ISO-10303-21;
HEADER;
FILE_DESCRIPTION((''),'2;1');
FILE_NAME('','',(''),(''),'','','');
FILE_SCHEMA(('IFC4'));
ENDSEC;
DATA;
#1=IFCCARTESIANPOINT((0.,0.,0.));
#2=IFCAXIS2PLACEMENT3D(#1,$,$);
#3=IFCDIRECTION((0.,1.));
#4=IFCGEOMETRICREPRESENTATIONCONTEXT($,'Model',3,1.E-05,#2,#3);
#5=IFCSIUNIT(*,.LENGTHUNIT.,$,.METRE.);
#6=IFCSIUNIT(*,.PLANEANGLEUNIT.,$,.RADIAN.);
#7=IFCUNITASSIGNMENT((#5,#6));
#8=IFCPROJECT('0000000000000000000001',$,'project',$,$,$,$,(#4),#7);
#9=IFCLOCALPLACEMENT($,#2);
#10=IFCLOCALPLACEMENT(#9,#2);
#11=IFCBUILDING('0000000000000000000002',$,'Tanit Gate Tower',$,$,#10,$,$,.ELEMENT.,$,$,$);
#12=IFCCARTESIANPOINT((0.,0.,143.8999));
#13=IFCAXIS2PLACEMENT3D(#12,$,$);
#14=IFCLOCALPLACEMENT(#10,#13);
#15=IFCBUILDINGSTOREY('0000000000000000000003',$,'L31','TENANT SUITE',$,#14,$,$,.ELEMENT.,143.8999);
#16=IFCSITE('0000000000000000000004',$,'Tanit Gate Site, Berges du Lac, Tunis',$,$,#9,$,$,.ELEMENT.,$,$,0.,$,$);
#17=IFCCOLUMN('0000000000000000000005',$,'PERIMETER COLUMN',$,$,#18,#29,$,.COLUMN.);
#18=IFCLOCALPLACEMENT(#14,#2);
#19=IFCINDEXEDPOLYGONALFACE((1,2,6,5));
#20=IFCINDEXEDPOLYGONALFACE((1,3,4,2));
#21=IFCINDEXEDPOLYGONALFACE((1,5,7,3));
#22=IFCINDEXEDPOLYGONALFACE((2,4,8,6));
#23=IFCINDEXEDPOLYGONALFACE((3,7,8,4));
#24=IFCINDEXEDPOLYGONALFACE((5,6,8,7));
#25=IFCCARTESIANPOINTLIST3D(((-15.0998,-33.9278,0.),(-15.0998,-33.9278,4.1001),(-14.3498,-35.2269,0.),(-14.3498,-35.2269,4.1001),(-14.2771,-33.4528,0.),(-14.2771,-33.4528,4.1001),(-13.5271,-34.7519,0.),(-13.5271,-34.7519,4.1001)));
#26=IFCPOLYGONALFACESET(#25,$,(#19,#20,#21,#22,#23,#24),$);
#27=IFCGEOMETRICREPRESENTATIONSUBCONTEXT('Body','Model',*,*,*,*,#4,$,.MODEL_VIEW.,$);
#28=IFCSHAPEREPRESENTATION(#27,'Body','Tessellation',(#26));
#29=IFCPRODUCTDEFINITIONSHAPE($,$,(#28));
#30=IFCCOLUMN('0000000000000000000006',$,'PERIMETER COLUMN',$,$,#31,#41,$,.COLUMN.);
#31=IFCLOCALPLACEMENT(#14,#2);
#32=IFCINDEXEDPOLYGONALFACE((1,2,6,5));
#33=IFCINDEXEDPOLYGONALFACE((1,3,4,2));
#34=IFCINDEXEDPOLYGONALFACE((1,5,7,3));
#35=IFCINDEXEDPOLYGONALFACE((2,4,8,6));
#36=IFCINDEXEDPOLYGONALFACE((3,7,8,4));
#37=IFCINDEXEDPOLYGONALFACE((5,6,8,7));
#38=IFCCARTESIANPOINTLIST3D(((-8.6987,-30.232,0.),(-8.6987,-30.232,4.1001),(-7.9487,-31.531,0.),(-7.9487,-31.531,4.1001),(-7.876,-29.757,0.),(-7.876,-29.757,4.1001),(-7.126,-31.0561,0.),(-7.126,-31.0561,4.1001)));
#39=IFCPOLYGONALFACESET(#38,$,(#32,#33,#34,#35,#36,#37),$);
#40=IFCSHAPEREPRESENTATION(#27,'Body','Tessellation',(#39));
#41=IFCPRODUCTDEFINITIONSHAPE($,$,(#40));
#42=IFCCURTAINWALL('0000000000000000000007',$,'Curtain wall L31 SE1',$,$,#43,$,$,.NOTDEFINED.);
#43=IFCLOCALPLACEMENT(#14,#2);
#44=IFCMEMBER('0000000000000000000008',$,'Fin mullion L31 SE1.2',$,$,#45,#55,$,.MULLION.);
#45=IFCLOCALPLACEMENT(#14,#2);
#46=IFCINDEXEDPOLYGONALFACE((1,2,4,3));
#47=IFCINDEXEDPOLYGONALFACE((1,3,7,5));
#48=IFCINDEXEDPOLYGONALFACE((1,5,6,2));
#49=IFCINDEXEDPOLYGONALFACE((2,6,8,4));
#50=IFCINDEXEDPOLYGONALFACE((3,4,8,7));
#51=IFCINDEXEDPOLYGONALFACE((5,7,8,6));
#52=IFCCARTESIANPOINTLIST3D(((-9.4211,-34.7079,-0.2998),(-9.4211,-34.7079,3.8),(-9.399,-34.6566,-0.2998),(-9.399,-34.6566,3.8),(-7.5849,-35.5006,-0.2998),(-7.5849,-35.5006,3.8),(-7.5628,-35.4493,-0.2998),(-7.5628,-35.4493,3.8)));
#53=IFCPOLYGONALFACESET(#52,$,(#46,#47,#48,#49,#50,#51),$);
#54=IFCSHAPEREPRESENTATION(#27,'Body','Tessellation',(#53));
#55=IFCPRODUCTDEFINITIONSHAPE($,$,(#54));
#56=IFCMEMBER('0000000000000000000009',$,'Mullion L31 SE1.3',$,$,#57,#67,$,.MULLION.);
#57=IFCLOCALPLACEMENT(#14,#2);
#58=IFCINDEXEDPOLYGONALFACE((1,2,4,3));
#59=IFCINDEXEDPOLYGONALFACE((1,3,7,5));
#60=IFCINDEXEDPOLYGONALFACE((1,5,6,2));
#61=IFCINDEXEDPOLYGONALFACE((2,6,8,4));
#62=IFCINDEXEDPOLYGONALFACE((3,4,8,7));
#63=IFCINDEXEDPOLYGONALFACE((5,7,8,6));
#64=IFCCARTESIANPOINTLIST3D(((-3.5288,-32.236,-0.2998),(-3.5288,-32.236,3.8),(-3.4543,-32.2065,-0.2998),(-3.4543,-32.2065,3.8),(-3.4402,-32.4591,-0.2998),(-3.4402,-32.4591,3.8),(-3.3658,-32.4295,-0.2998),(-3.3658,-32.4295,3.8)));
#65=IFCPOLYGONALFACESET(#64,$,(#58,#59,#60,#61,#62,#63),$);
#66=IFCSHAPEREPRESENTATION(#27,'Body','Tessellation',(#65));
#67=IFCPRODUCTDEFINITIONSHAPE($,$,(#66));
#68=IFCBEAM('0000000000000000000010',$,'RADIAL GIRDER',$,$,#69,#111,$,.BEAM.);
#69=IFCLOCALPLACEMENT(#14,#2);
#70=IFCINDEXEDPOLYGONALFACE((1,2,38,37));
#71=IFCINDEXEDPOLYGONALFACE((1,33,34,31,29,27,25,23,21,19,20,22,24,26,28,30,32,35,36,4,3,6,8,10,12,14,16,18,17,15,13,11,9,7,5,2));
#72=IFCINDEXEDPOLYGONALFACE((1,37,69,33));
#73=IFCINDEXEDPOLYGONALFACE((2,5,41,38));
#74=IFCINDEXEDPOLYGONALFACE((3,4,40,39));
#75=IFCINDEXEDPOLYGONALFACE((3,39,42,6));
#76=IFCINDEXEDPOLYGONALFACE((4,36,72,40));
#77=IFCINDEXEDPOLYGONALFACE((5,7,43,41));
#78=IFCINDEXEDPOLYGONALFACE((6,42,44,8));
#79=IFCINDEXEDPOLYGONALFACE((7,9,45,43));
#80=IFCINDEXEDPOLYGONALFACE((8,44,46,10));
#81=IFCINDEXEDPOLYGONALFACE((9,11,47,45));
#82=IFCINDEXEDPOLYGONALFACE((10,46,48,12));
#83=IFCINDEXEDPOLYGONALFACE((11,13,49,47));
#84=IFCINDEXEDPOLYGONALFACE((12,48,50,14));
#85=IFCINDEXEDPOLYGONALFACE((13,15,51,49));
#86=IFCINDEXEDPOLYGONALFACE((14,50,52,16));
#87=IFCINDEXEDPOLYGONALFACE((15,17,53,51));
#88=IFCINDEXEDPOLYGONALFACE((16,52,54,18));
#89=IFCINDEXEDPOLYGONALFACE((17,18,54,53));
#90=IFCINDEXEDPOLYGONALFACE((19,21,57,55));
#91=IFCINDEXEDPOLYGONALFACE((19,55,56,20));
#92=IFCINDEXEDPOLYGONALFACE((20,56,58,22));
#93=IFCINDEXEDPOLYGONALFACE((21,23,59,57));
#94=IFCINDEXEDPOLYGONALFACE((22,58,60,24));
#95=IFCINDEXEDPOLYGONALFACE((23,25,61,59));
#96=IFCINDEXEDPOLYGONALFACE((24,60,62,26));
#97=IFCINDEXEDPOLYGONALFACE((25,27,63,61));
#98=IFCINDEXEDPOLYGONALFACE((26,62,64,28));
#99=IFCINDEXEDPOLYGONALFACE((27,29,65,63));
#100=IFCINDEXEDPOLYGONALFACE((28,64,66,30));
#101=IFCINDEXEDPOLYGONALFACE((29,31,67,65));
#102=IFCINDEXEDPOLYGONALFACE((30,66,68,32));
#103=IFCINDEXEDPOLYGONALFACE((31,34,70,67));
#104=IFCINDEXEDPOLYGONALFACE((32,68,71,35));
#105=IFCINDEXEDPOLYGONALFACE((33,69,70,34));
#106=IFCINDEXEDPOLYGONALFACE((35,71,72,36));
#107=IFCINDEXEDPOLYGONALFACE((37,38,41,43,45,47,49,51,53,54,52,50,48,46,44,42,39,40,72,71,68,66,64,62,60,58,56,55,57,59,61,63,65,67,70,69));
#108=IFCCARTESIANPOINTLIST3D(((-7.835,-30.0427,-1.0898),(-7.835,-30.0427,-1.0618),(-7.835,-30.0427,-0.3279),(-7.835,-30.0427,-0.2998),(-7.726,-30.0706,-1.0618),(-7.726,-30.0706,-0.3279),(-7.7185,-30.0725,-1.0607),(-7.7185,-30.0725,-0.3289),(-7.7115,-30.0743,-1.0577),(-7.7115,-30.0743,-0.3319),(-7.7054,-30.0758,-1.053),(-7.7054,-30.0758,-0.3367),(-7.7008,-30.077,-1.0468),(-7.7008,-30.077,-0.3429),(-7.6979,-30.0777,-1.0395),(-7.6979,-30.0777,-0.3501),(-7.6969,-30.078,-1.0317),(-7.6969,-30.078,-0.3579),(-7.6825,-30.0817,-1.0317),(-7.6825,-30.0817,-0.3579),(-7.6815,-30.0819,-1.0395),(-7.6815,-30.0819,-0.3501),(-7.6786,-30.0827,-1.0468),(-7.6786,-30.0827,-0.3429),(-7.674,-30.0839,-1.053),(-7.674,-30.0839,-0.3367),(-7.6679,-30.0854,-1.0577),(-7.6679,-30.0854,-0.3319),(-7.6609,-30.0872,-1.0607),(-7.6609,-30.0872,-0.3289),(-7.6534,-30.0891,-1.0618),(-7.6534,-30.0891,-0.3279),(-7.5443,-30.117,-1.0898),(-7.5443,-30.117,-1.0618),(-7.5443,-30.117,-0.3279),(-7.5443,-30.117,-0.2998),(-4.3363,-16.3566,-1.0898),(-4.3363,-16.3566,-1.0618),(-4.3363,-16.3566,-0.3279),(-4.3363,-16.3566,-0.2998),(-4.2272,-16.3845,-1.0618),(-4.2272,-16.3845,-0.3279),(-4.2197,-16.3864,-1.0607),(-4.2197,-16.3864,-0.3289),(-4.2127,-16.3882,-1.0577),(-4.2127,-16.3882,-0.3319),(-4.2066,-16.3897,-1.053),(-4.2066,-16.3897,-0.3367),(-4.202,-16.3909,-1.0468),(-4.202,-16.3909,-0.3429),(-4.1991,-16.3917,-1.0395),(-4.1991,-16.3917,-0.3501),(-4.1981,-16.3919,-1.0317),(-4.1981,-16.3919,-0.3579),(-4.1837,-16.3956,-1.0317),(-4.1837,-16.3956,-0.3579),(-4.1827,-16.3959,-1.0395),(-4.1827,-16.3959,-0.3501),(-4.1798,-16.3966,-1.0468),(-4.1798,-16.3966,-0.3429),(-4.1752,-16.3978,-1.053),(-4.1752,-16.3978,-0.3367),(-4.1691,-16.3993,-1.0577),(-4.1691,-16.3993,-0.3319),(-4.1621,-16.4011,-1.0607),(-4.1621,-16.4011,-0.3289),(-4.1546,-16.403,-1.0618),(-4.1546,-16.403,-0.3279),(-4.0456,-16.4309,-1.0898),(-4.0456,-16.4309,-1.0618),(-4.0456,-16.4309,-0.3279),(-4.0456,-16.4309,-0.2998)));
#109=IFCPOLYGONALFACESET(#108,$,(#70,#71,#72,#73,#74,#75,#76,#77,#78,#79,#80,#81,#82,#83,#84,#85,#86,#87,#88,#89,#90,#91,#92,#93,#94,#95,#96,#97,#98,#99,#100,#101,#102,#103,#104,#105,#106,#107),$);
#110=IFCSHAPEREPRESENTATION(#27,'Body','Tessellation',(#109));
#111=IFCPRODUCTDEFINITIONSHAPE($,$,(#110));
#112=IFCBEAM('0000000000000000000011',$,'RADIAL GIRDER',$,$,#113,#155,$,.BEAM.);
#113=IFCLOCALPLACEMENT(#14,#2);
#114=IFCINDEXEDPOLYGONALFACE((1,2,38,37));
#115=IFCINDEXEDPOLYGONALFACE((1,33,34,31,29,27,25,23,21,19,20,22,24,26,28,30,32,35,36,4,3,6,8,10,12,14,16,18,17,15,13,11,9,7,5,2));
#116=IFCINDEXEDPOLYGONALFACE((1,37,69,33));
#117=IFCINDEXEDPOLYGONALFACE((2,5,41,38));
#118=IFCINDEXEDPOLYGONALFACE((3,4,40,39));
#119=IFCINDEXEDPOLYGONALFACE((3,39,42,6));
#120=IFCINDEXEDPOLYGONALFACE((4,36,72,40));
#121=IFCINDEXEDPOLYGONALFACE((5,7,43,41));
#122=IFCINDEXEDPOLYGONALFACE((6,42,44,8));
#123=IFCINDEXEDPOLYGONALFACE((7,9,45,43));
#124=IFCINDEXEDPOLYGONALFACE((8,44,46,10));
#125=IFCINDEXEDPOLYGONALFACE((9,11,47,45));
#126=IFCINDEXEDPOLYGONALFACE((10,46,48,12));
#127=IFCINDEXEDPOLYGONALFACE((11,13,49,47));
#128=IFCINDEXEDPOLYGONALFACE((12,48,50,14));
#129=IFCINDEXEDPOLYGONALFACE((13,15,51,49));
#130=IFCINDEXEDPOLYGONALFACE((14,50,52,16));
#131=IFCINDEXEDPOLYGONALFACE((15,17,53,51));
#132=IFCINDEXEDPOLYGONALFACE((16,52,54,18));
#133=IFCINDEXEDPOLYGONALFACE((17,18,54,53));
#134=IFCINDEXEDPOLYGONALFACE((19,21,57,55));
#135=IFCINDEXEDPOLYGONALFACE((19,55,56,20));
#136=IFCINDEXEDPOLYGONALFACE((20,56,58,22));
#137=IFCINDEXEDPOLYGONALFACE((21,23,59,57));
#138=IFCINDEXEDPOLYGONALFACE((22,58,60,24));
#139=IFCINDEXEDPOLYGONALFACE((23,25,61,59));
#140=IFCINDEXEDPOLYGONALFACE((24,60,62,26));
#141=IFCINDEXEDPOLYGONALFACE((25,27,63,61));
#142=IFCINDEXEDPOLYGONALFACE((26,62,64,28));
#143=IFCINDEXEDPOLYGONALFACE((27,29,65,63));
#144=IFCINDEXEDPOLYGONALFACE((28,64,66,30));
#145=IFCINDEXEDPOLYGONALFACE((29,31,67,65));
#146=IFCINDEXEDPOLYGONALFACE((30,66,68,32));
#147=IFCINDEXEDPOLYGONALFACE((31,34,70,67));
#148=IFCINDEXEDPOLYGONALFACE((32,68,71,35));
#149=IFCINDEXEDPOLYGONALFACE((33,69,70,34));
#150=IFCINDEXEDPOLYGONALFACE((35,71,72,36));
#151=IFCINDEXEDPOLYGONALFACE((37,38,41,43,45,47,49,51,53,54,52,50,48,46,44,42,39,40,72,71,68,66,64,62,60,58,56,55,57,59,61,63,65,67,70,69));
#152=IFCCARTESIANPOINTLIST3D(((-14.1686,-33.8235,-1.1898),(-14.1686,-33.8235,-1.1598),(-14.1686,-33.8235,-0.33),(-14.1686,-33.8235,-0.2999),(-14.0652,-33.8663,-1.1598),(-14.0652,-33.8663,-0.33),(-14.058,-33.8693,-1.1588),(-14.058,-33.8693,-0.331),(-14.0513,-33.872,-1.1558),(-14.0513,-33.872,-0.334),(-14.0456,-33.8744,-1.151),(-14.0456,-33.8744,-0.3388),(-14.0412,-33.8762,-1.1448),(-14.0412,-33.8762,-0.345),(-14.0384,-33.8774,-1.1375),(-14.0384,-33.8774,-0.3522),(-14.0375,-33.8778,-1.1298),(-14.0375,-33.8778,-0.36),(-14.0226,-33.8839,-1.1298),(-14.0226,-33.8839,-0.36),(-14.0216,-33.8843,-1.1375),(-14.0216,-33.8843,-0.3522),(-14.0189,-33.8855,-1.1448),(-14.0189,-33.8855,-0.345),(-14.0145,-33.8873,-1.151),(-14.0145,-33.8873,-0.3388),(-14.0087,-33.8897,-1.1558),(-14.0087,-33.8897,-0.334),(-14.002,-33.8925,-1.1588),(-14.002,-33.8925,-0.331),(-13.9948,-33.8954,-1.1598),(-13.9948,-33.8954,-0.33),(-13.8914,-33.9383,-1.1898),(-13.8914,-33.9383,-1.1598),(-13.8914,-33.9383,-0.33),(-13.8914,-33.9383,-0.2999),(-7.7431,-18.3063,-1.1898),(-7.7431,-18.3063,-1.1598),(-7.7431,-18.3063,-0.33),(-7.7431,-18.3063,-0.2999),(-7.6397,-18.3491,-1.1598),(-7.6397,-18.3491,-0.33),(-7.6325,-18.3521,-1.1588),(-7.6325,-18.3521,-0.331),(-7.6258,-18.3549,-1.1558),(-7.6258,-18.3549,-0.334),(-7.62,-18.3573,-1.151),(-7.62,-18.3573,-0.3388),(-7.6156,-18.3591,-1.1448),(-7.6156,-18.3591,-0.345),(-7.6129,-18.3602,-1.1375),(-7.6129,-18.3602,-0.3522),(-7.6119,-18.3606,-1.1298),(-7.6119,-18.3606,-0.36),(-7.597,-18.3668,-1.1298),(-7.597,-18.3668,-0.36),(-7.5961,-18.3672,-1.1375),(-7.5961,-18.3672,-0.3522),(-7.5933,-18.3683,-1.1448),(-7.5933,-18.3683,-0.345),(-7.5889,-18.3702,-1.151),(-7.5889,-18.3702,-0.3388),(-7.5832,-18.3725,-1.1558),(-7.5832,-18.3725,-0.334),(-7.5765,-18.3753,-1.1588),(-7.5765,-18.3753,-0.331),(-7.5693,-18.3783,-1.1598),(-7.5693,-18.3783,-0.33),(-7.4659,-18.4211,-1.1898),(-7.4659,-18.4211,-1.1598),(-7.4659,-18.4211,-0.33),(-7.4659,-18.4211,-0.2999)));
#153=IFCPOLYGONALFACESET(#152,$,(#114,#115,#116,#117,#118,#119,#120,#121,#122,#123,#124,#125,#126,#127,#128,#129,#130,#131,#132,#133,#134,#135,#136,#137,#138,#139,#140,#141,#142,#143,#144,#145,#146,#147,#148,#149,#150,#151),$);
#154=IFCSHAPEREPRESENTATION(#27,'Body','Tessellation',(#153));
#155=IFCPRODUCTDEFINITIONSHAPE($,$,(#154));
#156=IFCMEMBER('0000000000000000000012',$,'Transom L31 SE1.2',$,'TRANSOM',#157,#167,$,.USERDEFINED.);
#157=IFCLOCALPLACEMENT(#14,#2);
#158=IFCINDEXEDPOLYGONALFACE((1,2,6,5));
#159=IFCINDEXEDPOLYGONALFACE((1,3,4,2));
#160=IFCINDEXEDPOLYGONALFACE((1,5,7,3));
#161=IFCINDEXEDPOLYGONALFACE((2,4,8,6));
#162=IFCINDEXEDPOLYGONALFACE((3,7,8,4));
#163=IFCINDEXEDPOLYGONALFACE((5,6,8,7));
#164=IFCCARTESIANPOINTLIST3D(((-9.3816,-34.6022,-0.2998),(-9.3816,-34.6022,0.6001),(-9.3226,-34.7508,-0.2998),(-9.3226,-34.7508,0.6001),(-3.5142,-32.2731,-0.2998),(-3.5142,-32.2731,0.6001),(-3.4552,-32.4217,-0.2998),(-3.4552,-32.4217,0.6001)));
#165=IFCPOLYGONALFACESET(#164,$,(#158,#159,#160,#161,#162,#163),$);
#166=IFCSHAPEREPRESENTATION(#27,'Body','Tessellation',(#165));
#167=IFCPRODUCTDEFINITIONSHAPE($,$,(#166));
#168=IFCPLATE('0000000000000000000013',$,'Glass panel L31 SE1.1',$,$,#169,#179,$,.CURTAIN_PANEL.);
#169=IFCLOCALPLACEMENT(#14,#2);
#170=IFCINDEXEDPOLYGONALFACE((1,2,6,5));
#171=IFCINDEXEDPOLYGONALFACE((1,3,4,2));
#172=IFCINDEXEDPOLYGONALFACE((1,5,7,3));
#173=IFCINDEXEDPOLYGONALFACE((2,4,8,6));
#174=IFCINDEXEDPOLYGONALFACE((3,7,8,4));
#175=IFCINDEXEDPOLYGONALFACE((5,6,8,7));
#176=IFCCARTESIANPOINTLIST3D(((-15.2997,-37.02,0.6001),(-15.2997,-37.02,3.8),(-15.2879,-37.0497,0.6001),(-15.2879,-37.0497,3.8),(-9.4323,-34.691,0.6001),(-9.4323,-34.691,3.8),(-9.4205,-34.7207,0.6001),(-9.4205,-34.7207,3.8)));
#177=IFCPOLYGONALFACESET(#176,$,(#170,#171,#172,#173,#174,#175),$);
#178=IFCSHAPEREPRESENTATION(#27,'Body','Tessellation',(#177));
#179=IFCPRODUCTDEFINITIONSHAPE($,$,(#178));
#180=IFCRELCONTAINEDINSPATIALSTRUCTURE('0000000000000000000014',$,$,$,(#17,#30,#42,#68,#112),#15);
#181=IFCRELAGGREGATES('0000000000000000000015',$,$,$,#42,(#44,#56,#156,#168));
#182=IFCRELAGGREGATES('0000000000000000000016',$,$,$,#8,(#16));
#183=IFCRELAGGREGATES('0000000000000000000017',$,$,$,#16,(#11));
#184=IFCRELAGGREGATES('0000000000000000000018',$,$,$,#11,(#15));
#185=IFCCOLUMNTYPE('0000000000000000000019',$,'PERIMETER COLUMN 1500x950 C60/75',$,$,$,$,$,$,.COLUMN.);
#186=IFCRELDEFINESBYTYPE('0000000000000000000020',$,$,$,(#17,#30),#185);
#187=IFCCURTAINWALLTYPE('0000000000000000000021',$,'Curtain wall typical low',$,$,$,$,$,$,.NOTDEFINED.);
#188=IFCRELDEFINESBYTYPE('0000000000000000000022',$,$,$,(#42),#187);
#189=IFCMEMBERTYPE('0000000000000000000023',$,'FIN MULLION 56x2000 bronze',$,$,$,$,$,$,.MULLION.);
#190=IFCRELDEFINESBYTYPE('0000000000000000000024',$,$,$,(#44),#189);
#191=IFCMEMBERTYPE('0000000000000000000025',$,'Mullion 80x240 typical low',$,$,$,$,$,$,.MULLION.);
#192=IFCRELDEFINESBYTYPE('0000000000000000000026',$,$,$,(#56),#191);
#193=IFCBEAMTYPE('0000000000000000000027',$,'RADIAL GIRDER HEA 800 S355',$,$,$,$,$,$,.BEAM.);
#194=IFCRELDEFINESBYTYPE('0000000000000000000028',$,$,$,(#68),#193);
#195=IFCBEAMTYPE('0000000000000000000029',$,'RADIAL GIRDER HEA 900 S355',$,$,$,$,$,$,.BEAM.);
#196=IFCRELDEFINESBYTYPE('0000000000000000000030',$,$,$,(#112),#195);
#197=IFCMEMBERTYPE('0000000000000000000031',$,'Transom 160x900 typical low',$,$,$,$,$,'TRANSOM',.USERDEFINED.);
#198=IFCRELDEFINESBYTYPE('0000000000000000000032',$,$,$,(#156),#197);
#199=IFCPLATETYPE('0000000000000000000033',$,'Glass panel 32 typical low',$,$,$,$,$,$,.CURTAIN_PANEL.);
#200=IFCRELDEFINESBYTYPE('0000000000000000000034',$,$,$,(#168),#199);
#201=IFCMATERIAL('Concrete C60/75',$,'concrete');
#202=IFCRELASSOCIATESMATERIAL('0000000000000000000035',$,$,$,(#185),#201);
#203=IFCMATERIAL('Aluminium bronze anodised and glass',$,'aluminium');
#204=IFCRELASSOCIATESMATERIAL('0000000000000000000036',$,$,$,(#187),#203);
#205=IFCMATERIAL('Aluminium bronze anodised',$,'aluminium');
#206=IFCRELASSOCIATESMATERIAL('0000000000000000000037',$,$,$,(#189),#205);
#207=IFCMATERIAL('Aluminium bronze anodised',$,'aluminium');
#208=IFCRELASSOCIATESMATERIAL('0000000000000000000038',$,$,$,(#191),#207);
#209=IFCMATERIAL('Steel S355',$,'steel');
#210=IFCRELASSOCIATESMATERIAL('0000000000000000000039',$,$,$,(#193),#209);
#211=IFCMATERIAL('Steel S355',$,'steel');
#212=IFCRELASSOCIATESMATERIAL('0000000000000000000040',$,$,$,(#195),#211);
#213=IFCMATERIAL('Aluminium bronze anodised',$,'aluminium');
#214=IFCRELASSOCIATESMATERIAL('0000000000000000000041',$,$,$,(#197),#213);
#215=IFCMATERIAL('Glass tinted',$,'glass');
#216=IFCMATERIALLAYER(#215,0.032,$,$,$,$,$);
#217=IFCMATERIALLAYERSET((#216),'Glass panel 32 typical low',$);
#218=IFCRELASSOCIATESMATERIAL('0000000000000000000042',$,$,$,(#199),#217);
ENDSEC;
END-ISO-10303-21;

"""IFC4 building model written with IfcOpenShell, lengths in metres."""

from ifc_helpers import new_model, si_unit, direction, frame, origin, origin_2d, place, context, subcontext, project, spatial, rectangle, i_section, extrude, material, layer, layer_set, material_profile, profile_set, type_object, element, aggregate, save


model = new_model("IFC4")

# Units and contexts
model_context = context("Model", 3, precision=1e-05, world=origin(), true_north=direction((0.0, 1.0)))
body_context = subcontext(model_context, "Body", "Model", "MODEL_VIEW")
ifc_project = project(units=[si_unit("LENGTHUNIT", "METRE"), si_unit("PLANEANGLEUNIT", "RADIAN")], contexts=[model_context])

# Site, building, storey
site_placement = place(None, origin())
site = spatial("IfcSite", under=ifc_project, at=site_placement, Name="Tanit Gate Site, Berges du Lac, Tunis", CompositionType="ELEMENT", RefElevation=0.0)
building_placement = place(site_placement, origin())
building = spatial("IfcBuilding", under=site, at=building_placement, Name="Tanit Gate Tower", CompositionType="ELEMENT")
storey_placement = place(building_placement, frame((0.0, 0.0, 143.8999)))
storey = spatial("IfcBuildingStorey", under=building, at=storey_placement, Name="L31", Description="TENANT SUITE", CompositionType="ELEMENT", Elevation=143.8999)

# Columns
ifc_material_1 = material(Name="Concrete C60/75", Category="concrete")
ifc_material_profile_1 = material_profile(ifc_material_1, rectangle(XDim=1.5, YDim=0.95, at=origin_2d()), Name="RC 1500x950")
ifc_profile_set_1 = profile_set([ifc_material_profile_1], Name="Concrete C60/75")
column_type = type_object("IfcColumnType", Name="PERIMETER COLUMN 1500x950 C60/75", PredefinedType="COLUMN", material=ifc_profile_set_1)
for number, where, z_axis, x_axis, name in (
    (1, (-14.3135, -34.3398, 0.0), (0.0, 0.0, 1.0), (0.5, -0.866025, 0.0), "PERIMETER COLUMN"),
    (2, (-7.9124, -30.644, 0.0), (0.0, 0.0, 1.0), (0.5, -0.866025, 0.0), "PERIMETER COLUMN"),
):
    element("IfcColumn", number, at=place(storey_placement, frame(where, z_axis=z_axis, x_axis=x_axis)), inside=storey, type_object=column_type, Name=name, PredefinedType="COLUMN", context=body_context, shape_type="SweptSolid", body=[
        extrude(rectangle(XDim=1.5, YDim=0.95, at=origin_2d()), origin(), (0.0, 0.0, 1.0), 4.1001),
    ])

# Curtain wall, members
ifc_material_2 = material(Name="Aluminium bronze anodised and glass", Category="aluminium")
curtain_wall_type = type_object("IfcCurtainWallType", Name="Curtain wall typical low", PredefinedType="NOTDEFINED", material=ifc_material_2)
curtain_wall_placement = place(storey_placement, origin())
curtain_wall = element("IfcCurtainWall", 3, at=curtain_wall_placement, inside=storey, type_object=curtain_wall_type, Name="Curtain wall L31 SE1", PredefinedType="NOTDEFINED")
ifc_material_3 = material(Name="Aluminium bronze anodised", Category="aluminium")
ifc_material_profile_2 = material_profile(ifc_material_3, rectangle(XDim=2.0, YDim=0.0559, at=origin_2d()), Name="56x2000 bronze fin mullion")
ifc_profile_set_2 = profile_set([ifc_material_profile_2], Name="Aluminium bronze anodised")
member_type_1 = type_object("IfcMemberType", Name="FIN MULLION 56x2000 bronze", PredefinedType="MULLION", material=ifc_profile_set_2)
member_1_placement = place(storey_placement, frame((-8.4919, -35.0786, -0.2998), z_axis=(0.0, 0.0, 1.0), x_axis=(-0.918102, 0.396345, 0.0)))
member_1 = element("IfcMember", 4, at=member_1_placement, type_object=member_type_1, Name="Fin mullion L31 SE1.2", PredefinedType="MULLION", context=body_context, shape_type="SweptSolid", body=[
    extrude(rectangle(XDim=2.0, YDim=0.0559, at=origin_2d()), origin(), (0.0, 0.0, 1.0), 4.0999),
])
ifc_material_4 = material(Name="Aluminium bronze anodised", Category="aluminium")
ifc_material_profile_3 = material_profile(ifc_material_4, rectangle(XDim=0.24, YDim=0.0801, at=origin_2d()), Name="80x240 bronze mullion")
ifc_profile_set_3 = profile_set([ifc_material_profile_3], Name="Aluminium bronze anodised")
member_type_2 = type_object("IfcMemberType", Name="Mullion 80x240 typical low", PredefinedType="MULLION", material=ifc_profile_set_3)
member_2_placement = place(storey_placement, frame((-3.4473, -32.3328, -0.2998), z_axis=(0.0, 0.0, 1.0), x_axis=(-0.368938, 0.929454, 0.0)))
member_2 = element("IfcMember", 5, at=member_2_placement, type_object=member_type_2, Name="Mullion L31 SE1.3", PredefinedType="MULLION", context=body_context, shape_type="SweptSolid", body=[
    extrude(rectangle(XDim=0.24, YDim=0.0801, at=origin_2d()), origin(), (0.0, 0.0, 1.0), 4.0999),
])

# Beams
ifc_material_5 = material(Name="Steel S355", Category="steel")
ifc_material_profile_4 = material_profile(ifc_material_5, i_section(OverallWidth=0.3, OverallDepth=0.79, WebThickness=0.0149, FlangeThickness=0.0281, FilletRadius=0.03, at=origin_2d()), Name="HEA 800")
ifc_profile_set_4 = profile_set([ifc_material_profile_4], Name="Steel S355")
beam_type_1 = type_object("IfcBeamType", Name="RADIAL GIRDER HEA 800 S355", PredefinedType="BEAM", material=ifc_profile_set_4)
beam_1_placement = place(storey_placement, frame((-7.6897, -30.0798, -0.6948), z_axis=(0.24768, 0.968842, 0.0), x_axis=(-0.968842, 0.24768, 0.0)))
element("IfcBeam", 6, at=beam_1_placement, inside=storey, type_object=beam_type_1, Name="RADIAL GIRDER", PredefinedType="BEAM", context=body_context, shape_type="SweptSolid", body=[
    extrude(i_section(OverallWidth=0.3, OverallDepth=0.79, WebThickness=0.0149, FlangeThickness=0.0281, FilletRadius=0.03, at=origin_2d()), origin(), (0.0, 0.0, 1.0), 14.1262),
])
ifc_material_6 = material(Name="Steel S355", Category="steel")
ifc_material_profile_5 = material_profile(ifc_material_6, i_section(OverallWidth=0.3, OverallDepth=0.8899, WebThickness=0.0161, FlangeThickness=0.03, FilletRadius=0.03, at=origin_2d()), Name="HEA 900")
ifc_profile_set_5 = profile_set([ifc_material_profile_5], Name="Steel S355")
beam_type_2 = type_object("IfcBeamType", Name="RADIAL GIRDER HEA 900 S355", PredefinedType="BEAM", material=ifc_profile_set_5)
beam_2_placement = place(storey_placement, frame((-14.03, -33.8809, -0.7449), z_axis=(0.382589, 0.923919, 0.0), x_axis=(-0.923919, 0.382589, 0.0)))
element("IfcBeam", 7, at=beam_2_placement, inside=storey, type_object=beam_type_2, Name="RADIAL GIRDER", PredefinedType="BEAM", context=body_context, shape_type="SweptSolid", body=[
    extrude(i_section(OverallWidth=0.3, OverallDepth=0.8899, WebThickness=0.0161, FlangeThickness=0.03, FilletRadius=0.03, at=origin_2d()), origin(), (0.0, 0.0, 1.0), 16.7949),
])

# Member
ifc_material_7 = material(Name="Aluminium bronze anodised", Category="aluminium")
ifc_material_profile_6 = material_profile(ifc_material_7, rectangle(XDim=0.1599, YDim=0.8999, at=origin_2d()), Name="160x900 bronze transom")
ifc_profile_set_6 = profile_set([ifc_material_profile_6], Name="Aluminium bronze anodised")
member_type_3 = type_object("IfcMemberType", Name="Transom 160x900 typical low", ElementType="TRANSOM", PredefinedType="USERDEFINED", material=ifc_profile_set_6)
member_3_placement = place(storey_placement, frame((-9.3521, -34.6765, 0.1501), z_axis=(0.92945, 0.368949, 0.0), x_axis=(-0.368949, 0.92945, 0.0)))
member_3 = element("IfcMember", 8, at=member_3_placement, type_object=member_type_3, Name="Transom L31 SE1.2", ObjectType="TRANSOM", PredefinedType="USERDEFINED", context=body_context, shape_type="SweptSolid", body=[
    extrude(rectangle(XDim=0.1599, YDim=0.8999, at=origin_2d()), origin(), (0.0, 0.0, 1.0), 6.3127),
])

# Plate
ifc_material_8 = material(Name="Glass tinted", Category="glass")
ifc_layer_1 = layer(ifc_material_8, 0.032)
ifc_layer_set_1 = layer_set([ifc_layer_1], Name="Glass panel 32 typical low")
plate_type = type_object("IfcPlateType", Name="Glass panel 32 typical low", PredefinedType="CURTAIN_PANEL", material=ifc_layer_set_1)
plate_1_placement = place(storey_placement, frame((-12.3601, -35.8704, 0.6001), z_axis=(0.0, 0.0, 1.0), x_axis=(0.929454, 0.368938, 0.0)))
plate_1 = element("IfcPlate", 9, at=plate_1_placement, type_object=plate_type, Name="Glass panel L31 SE1.1", PredefinedType="CURTAIN_PANEL", context=body_context, shape_type="SweptSolid", body=[
    extrude(rectangle(XDim=6.3127, YDim=0.032, at=origin_2d()), origin(), (0.0, 0.0, 1.0), 3.2),
])
aggregate(curtain_wall, [member_1, member_2, member_3, plate_1])

save(model, "model.ifc")
